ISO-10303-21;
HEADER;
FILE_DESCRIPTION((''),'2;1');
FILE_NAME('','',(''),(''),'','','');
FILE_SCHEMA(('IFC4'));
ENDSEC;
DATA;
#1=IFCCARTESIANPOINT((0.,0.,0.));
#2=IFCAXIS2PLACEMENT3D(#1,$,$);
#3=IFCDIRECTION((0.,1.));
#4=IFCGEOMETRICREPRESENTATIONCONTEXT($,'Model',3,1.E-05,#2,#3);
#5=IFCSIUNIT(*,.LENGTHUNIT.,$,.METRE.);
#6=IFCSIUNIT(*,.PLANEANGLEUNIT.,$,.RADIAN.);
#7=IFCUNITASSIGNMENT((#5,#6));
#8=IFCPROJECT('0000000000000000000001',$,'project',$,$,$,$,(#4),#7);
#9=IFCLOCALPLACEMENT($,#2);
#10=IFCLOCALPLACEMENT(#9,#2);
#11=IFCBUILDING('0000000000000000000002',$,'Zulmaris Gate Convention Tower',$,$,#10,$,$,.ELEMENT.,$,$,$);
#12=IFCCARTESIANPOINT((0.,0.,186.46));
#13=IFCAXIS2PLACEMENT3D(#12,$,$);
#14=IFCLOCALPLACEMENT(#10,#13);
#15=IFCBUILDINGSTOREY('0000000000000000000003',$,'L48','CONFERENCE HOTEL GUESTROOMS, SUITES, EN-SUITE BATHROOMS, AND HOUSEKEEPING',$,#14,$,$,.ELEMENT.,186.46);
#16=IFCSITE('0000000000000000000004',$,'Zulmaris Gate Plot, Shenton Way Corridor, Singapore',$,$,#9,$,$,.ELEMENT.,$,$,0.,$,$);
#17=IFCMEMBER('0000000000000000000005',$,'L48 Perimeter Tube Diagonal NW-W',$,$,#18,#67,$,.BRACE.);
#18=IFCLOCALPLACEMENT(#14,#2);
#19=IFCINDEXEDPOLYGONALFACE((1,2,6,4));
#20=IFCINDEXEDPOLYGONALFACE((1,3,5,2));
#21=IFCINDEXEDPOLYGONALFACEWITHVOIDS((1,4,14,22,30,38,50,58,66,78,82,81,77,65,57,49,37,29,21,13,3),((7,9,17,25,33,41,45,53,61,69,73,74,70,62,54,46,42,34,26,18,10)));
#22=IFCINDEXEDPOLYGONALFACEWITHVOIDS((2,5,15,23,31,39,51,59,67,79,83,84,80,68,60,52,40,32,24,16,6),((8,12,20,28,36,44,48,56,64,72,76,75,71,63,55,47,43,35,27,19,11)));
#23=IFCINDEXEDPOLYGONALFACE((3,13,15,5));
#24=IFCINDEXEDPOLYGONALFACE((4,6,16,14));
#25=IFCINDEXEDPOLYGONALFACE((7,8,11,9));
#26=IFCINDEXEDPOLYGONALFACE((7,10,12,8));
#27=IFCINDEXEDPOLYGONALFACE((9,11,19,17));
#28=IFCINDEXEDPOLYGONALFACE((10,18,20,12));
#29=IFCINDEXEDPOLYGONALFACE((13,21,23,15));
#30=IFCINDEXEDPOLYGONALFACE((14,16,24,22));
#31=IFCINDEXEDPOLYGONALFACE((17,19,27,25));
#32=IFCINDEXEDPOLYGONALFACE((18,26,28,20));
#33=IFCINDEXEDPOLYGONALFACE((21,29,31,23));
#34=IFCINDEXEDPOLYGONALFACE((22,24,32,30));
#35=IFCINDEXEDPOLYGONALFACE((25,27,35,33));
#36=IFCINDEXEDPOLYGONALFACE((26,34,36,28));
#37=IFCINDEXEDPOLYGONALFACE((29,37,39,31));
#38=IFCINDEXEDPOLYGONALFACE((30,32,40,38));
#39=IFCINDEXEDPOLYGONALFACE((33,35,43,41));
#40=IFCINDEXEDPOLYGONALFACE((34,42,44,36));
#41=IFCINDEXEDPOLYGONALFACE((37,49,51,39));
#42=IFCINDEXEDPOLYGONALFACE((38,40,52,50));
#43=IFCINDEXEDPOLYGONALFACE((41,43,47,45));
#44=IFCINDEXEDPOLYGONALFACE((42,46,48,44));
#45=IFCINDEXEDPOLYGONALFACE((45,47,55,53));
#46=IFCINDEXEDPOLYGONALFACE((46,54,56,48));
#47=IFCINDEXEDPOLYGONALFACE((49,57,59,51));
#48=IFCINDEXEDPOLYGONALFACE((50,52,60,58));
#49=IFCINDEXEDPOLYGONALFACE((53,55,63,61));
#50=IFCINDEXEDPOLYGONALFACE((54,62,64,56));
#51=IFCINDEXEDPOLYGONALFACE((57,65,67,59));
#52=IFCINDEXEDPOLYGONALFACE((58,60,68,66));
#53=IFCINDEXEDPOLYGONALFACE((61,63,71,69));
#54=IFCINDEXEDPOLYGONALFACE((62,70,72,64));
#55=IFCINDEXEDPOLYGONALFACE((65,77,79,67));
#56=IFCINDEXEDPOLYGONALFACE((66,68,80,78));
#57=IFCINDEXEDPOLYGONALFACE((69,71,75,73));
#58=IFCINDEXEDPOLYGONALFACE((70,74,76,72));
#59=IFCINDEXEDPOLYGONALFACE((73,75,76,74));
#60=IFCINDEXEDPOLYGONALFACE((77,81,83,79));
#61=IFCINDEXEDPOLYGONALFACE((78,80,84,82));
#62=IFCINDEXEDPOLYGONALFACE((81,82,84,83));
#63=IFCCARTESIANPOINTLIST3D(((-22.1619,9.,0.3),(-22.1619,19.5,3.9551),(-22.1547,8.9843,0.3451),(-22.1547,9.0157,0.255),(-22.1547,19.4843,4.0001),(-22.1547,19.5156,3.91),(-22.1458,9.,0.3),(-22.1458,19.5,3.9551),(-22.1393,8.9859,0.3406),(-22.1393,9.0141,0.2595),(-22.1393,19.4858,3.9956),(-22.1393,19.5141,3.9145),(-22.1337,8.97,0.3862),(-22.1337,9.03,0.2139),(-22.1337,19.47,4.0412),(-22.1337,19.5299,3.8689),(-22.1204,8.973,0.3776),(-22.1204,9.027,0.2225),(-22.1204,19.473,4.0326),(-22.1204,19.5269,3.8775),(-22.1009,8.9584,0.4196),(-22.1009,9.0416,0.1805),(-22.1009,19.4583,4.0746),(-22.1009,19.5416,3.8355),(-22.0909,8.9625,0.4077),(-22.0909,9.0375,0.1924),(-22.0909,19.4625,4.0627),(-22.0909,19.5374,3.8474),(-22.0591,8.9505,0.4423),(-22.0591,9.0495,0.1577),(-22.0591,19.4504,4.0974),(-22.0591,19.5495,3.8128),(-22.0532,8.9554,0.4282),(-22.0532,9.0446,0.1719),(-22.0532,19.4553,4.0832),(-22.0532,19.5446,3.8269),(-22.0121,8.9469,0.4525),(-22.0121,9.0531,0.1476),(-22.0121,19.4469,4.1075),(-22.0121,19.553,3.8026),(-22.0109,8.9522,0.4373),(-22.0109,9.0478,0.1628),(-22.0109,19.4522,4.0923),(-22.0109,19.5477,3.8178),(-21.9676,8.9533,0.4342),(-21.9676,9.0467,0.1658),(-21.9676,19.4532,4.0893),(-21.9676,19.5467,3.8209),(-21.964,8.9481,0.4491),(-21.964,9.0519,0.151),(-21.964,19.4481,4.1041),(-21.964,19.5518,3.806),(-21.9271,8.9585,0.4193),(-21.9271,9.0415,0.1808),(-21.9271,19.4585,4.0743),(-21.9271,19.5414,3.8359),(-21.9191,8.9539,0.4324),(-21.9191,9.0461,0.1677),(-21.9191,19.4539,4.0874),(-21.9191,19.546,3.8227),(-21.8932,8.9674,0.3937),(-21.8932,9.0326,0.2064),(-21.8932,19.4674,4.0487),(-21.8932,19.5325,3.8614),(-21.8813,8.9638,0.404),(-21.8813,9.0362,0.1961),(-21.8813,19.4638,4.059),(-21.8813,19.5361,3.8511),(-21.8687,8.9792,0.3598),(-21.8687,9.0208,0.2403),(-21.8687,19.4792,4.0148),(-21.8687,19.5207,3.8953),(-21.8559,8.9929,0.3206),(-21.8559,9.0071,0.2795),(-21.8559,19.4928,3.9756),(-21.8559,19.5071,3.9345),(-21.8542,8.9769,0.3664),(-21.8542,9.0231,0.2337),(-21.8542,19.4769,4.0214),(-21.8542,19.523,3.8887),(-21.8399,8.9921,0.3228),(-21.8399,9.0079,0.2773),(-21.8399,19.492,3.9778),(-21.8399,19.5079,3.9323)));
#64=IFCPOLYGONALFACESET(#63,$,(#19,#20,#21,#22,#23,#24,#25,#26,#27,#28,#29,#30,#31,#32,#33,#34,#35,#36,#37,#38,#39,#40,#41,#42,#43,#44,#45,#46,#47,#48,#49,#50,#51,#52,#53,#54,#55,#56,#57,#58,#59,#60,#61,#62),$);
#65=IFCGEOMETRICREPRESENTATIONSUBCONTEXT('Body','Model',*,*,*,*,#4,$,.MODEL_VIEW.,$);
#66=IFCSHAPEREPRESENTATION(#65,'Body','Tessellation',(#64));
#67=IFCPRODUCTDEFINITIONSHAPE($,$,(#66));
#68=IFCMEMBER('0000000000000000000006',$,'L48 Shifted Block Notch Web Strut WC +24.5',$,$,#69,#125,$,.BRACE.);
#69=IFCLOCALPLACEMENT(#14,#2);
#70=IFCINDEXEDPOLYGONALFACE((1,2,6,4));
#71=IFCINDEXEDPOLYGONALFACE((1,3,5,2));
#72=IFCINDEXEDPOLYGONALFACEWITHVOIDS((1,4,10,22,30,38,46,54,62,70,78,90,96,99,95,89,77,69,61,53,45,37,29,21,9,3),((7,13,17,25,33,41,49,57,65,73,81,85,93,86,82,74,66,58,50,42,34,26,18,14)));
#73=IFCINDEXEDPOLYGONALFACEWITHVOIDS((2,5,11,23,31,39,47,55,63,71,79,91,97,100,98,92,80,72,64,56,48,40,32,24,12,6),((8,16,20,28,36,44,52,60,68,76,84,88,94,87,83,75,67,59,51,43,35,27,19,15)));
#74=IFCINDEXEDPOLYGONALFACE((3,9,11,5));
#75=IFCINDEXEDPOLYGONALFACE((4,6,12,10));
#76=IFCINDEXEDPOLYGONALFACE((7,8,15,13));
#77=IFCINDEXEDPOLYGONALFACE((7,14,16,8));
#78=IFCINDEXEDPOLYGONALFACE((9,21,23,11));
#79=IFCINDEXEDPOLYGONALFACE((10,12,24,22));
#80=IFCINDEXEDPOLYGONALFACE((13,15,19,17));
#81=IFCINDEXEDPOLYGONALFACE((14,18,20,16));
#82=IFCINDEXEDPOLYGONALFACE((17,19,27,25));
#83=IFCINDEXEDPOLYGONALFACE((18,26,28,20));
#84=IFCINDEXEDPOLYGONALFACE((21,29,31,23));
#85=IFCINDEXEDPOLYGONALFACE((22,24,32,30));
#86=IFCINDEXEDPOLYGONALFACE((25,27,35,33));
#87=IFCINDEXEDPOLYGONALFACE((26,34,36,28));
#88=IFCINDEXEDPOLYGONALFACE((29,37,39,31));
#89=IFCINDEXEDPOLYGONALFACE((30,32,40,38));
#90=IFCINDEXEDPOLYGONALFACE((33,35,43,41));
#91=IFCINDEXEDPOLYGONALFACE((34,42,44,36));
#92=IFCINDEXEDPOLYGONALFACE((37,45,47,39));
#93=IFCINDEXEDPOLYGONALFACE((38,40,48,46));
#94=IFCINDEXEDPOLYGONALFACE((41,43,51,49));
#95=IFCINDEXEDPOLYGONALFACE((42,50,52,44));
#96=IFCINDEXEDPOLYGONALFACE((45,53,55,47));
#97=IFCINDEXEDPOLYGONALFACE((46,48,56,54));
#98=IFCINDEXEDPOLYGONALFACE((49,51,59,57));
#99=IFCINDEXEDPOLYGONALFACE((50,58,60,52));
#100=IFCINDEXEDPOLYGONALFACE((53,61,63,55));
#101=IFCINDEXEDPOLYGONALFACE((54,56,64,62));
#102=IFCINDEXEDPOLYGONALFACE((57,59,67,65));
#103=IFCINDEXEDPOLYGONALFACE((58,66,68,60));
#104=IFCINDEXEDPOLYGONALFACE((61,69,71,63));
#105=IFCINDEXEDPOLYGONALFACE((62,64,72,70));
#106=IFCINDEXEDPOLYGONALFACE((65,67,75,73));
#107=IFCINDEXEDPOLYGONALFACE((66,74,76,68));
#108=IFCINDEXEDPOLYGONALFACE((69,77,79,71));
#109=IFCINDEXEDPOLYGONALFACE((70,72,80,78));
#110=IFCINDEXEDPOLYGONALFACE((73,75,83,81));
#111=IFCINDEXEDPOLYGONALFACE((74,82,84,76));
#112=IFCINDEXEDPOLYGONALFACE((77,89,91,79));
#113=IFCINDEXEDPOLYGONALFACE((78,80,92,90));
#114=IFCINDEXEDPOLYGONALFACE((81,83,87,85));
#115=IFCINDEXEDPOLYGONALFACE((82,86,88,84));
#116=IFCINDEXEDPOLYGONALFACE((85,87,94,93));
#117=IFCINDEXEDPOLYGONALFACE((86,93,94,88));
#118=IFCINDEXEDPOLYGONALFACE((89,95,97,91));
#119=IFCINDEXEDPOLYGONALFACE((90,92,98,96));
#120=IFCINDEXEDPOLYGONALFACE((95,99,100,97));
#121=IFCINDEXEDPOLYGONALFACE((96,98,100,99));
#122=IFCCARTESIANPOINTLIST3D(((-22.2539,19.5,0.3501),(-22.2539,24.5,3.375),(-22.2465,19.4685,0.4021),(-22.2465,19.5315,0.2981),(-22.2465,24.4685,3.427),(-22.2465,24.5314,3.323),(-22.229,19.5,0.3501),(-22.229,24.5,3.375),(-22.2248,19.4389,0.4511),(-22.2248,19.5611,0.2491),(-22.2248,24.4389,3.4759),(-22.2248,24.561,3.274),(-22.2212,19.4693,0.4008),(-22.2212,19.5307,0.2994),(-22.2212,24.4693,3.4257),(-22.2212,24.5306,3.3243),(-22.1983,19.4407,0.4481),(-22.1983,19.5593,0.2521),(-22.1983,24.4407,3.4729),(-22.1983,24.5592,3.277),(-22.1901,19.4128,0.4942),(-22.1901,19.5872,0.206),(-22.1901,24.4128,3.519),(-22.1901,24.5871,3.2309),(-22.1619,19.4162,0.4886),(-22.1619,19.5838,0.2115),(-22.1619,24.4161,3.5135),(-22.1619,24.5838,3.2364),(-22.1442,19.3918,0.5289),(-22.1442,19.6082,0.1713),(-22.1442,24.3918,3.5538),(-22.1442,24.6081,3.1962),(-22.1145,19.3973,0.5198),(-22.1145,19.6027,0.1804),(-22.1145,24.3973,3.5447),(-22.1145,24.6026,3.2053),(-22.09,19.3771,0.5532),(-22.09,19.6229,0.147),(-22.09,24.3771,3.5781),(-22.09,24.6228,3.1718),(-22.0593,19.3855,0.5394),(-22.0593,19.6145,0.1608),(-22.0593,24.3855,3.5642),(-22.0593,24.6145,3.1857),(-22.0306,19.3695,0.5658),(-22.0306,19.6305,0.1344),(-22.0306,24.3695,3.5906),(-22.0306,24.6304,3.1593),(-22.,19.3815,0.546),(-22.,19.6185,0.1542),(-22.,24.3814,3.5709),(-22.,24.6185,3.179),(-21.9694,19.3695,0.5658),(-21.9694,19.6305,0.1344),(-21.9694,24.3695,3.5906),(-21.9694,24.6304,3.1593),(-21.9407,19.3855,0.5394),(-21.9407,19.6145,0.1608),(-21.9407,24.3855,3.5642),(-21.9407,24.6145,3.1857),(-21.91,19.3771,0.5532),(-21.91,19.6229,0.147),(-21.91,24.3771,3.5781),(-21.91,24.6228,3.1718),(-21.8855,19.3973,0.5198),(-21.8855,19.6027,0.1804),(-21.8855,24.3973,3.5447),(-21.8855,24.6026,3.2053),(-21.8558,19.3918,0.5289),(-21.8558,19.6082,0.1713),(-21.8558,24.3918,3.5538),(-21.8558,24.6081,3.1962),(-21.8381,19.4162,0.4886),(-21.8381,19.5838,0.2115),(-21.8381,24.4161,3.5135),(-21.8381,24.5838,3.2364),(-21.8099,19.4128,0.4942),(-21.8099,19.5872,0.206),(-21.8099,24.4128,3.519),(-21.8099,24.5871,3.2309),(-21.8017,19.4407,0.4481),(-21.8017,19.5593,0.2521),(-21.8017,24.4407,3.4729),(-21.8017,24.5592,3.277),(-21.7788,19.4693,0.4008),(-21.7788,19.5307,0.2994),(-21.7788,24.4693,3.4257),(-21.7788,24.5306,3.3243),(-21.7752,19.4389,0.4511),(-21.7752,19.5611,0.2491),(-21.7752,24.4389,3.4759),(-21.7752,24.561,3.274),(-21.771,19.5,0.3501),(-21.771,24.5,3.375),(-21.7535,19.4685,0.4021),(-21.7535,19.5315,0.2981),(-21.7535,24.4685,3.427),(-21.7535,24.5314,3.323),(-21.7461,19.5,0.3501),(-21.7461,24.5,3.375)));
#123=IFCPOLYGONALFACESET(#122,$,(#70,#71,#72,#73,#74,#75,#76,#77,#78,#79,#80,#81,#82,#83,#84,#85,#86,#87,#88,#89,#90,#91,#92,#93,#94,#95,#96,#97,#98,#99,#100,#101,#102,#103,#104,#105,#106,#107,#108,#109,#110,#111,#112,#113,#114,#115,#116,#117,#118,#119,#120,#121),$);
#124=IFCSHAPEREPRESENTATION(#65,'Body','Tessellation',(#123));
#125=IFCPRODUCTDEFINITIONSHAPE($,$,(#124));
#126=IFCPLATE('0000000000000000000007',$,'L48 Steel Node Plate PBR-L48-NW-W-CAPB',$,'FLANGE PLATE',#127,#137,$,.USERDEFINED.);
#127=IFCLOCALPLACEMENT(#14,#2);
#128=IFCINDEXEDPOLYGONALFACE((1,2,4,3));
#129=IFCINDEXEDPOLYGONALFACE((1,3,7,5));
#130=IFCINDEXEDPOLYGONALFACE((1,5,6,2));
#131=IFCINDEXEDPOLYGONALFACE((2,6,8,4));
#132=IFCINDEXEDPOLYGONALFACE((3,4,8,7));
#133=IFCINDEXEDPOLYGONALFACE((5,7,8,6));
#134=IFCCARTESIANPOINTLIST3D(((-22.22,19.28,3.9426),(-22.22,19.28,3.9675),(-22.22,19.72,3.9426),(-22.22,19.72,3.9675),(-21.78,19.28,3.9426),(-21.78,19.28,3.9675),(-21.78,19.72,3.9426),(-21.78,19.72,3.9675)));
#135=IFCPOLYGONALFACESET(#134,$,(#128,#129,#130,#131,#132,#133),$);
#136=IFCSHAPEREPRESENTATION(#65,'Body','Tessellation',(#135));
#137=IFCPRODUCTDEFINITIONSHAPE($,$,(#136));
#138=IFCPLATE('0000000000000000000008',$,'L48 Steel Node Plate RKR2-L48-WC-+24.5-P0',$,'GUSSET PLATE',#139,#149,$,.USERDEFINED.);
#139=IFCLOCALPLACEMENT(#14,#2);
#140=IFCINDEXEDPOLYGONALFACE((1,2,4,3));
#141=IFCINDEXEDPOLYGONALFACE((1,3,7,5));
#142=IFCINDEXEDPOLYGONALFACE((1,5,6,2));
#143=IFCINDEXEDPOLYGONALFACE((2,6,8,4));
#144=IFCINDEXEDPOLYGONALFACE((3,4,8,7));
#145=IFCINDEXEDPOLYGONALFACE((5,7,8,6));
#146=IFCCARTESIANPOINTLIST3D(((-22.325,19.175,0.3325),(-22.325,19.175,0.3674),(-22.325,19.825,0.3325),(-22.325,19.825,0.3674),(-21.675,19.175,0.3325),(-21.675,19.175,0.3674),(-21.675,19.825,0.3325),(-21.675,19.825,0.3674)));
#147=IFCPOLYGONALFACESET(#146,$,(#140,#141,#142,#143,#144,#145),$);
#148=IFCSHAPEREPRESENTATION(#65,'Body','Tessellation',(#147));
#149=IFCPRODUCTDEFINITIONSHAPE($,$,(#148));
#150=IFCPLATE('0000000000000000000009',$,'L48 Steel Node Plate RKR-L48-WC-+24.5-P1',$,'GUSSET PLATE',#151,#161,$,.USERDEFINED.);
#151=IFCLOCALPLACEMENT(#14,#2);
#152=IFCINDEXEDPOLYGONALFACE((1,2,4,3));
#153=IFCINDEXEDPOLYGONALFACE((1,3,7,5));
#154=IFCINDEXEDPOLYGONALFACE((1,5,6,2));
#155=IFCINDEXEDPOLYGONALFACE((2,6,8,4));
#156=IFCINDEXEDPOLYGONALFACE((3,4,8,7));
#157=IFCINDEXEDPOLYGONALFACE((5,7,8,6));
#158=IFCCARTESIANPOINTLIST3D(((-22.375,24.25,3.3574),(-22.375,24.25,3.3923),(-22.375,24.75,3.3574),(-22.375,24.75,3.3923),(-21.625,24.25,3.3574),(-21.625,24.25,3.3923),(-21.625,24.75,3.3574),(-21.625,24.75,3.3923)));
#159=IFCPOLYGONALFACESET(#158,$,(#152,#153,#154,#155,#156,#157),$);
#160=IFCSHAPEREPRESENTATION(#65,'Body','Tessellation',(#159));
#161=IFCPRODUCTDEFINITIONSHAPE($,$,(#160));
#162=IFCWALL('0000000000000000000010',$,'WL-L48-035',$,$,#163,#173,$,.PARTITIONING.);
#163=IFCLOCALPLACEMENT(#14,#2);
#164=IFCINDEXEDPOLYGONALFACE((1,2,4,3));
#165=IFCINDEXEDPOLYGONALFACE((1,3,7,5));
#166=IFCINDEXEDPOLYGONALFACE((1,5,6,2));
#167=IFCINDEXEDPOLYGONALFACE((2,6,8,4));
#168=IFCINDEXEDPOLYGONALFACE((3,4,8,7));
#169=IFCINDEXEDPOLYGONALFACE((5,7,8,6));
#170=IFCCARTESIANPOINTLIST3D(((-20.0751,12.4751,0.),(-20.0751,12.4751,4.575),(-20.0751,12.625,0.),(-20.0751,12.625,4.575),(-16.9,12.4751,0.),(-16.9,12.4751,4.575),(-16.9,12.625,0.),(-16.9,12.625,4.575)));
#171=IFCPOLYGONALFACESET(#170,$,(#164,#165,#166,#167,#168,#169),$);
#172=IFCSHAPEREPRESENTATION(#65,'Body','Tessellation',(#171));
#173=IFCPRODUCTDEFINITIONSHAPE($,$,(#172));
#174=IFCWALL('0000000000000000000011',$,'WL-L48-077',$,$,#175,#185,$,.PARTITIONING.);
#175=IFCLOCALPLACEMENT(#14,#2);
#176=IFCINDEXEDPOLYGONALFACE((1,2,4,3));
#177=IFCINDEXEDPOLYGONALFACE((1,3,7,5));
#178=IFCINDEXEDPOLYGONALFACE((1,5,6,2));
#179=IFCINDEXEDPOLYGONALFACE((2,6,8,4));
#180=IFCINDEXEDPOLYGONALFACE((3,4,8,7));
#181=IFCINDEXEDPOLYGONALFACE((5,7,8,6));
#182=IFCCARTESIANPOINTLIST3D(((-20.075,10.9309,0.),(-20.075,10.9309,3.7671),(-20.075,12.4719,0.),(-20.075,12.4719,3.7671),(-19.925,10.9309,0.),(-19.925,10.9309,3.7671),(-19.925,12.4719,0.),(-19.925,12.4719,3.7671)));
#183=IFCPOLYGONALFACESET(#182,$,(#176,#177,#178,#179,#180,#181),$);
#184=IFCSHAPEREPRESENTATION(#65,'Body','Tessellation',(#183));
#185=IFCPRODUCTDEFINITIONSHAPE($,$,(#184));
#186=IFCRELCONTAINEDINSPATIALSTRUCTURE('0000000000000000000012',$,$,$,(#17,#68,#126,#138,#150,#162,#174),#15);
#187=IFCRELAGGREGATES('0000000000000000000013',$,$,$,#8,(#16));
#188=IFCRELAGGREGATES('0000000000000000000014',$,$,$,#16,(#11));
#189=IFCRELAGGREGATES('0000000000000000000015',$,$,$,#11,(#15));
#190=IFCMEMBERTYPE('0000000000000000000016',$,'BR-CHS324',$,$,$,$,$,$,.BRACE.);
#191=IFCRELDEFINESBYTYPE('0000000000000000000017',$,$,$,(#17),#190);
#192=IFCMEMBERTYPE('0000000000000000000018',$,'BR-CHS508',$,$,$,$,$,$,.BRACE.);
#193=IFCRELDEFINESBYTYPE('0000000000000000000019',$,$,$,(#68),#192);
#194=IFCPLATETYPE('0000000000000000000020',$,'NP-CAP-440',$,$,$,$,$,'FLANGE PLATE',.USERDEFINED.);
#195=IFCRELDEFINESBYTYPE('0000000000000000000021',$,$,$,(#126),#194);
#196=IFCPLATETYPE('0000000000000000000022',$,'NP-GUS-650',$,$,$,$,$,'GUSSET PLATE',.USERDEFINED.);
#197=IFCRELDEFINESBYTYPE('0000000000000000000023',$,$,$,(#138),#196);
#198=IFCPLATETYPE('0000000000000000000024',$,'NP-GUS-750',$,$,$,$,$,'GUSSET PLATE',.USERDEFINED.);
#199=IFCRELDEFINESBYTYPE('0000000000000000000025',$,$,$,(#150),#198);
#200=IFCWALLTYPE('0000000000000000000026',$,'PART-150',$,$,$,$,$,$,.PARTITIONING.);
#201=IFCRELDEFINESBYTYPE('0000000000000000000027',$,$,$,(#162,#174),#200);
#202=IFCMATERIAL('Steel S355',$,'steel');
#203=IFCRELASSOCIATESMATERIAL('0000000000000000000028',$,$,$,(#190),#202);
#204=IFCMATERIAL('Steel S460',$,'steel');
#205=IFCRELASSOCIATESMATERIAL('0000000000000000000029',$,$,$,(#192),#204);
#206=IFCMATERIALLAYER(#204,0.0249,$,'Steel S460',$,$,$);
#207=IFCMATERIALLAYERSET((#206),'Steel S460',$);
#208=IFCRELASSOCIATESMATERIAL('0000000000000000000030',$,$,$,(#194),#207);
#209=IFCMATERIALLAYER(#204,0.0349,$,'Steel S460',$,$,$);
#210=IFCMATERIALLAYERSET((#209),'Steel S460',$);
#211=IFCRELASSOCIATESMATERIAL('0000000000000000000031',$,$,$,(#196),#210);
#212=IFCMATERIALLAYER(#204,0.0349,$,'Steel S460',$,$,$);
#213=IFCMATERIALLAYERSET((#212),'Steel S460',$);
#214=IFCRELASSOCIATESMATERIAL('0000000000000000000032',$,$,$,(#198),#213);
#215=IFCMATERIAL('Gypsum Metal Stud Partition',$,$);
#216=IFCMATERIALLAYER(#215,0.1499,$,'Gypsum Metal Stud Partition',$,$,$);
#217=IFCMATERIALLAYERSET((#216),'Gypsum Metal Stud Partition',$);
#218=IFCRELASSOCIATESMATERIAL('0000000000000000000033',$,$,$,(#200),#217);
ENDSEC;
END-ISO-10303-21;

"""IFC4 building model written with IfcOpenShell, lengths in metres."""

from ifc_helpers import new_model, si_unit, direction, frame, frame_2d, origin, origin_2d, place, context, subcontext, project, spatial, rectangle, hollow_circle, extrude, material, layer, layer_set, material_profile, profile_set, type_object, element, save


model = new_model("IFC4")

# Units and contexts
model_context = context("Model", 3, precision=1e-05, world=origin(), true_north=direction((0.0, 1.0)))
body_context = subcontext(model_context, "Body", "Model", "MODEL_VIEW")
ifc_project = project(units=[si_unit("LENGTHUNIT", "METRE"), si_unit("PLANEANGLEUNIT", "RADIAN")], contexts=[model_context])

# Site, building, storey
site_placement = place(None, origin())
site = spatial("IfcSite", under=ifc_project, at=site_placement, Name="Zulmaris Gate Plot, Shenton Way Corridor, Singapore", CompositionType="ELEMENT", RefElevation=0.0)
building_placement = place(site_placement, origin())
building = spatial("IfcBuilding", under=site, at=building_placement, Name="Zulmaris Gate Convention Tower", CompositionType="ELEMENT")
storey_placement = place(building_placement, frame((0.0, 0.0, 186.46)))
storey = spatial("IfcBuildingStorey", under=building, at=storey_placement, Name="L48", Description="CONFERENCE HOTEL GUESTROOMS, SUITES, EN-SUITE BATHROOMS, AND HOUSEKEEPING", CompositionType="ELEMENT", Elevation=186.46)

# Members
ifc_material_1 = material(Name="Steel S355", Category="steel")
ifc_material_profile_1 = material_profile(ifc_material_1, hollow_circle(Radius=0.1619, WallThickness=0.0161, at=origin_2d()), Name="CHS 323.9x16")
ifc_profile_set_1 = profile_set([ifc_material_profile_1], Name="Steel S355")
member_type_1 = type_object("IfcMemberType", Name="BR-CHS324", PredefinedType="BRACE", material=ifc_profile_set_1)
member_1_placement = place(storey_placement, frame((-22.0, 9.0, 0.3), z_axis=(0.0, 0.944417, 0.32875), x_axis=(-1.0, 0.0, 0.0)))
element("IfcMember", 1, at=member_1_placement, inside=storey, type_object=member_type_1, Name="L48 Perimeter Tube Diagonal NW-W", PredefinedType="BRACE", context=body_context, shape_type="SweptSolid", body=[
    extrude(hollow_circle(Radius=0.1619, WallThickness=0.0161, at=origin_2d()), origin(), (0.0, 0.0, 1.0), 11.1179),
])
ifc_material_2 = material(Name="Steel S460", Category="steel")
ifc_material_profile_2 = material_profile(ifc_material_2, hollow_circle(Radius=0.2539, WallThickness=0.0249, at=origin_2d()), Name="CHS 508x25")
ifc_profile_set_2 = profile_set([ifc_material_profile_2], Name="Steel S460")
member_type_2 = type_object("IfcMemberType", Name="BR-CHS508", PredefinedType="BRACE", material=ifc_profile_set_2)
member_2_placement = place(storey_placement, frame((-22.0, 19.5, 0.3501), z_axis=(0.0, 0.855607, 0.517626), x_axis=(-1.0, 0.0, 0.0)))
element("IfcMember", 2, at=member_2_placement, inside=storey, type_object=member_type_2, Name="L48 Shifted Block Notch Web Strut WC +24.5", PredefinedType="BRACE", context=body_context, shape_type="SweptSolid", body=[
    extrude(hollow_circle(Radius=0.2539, WallThickness=0.0249, at=origin_2d()), origin(), (0.0, 0.0, 1.0), 5.8438),
])

# Plates
ifc_layer_1 = layer(ifc_material_2, 0.0249, Name="Steel S460")
ifc_layer_set_1 = layer_set([ifc_layer_1], Name="Steel S460")
plate_type_1 = type_object("IfcPlateType", Name="NP-CAP-440", ElementType="FLANGE PLATE", PredefinedType="USERDEFINED", material=ifc_layer_set_1)
plate_1_placement = place(storey_placement, frame((-22.0, 19.5, 3.9426), z_axis=(0.0, 0.0, 1.0), x_axis=(1.0, 0.0, 0.0)))
element("IfcPlate", 3, at=plate_1_placement, inside=storey, type_object=plate_type_1, Name="L48 Steel Node Plate PBR-L48-NW-W-CAPB", ObjectType="FLANGE PLATE", PredefinedType="USERDEFINED", context=body_context, shape_type="SweptSolid", body=[
    extrude(rectangle(XDim=0.4399, YDim=0.4399, at=origin_2d()), origin(), (0.0, 0.0, 1.0), 0.0249),
])
ifc_layer_2 = layer(ifc_material_2, 0.0349, Name="Steel S460")
ifc_layer_set_2 = layer_set([ifc_layer_2], Name="Steel S460")
plate_type_2 = type_object("IfcPlateType", Name="NP-GUS-650", ElementType="GUSSET PLATE", PredefinedType="USERDEFINED", material=ifc_layer_set_2)
plate_2_placement = place(storey_placement, frame((-22.0, 19.5, 0.3325), z_axis=(0.0, 0.0, 1.0), x_axis=(1.0, 0.0, 0.0)))
element("IfcPlate", 4, at=plate_2_placement, inside=storey, type_object=plate_type_2, Name="L48 Steel Node Plate RKR2-L48-WC-+24.5-P0", ObjectType="GUSSET PLATE", PredefinedType="USERDEFINED", context=body_context, shape_type="SweptSolid", body=[
    extrude(rectangle(XDim=0.6499, YDim=0.6499, at=origin_2d()), origin(), (0.0, 0.0, 1.0), 0.0349),
])
ifc_layer_3 = layer(ifc_material_2, 0.0349, Name="Steel S460")
ifc_layer_set_3 = layer_set([ifc_layer_3], Name="Steel S460")
plate_type_3 = type_object("IfcPlateType", Name="NP-GUS-750", ElementType="GUSSET PLATE", PredefinedType="USERDEFINED", material=ifc_layer_set_3)
plate_3_placement = place(storey_placement, frame((-22.0, 24.5, 3.3574), z_axis=(0.0, 0.0, 1.0), x_axis=(1.0, 0.0, 0.0)))
element("IfcPlate", 5, at=plate_3_placement, inside=storey, type_object=plate_type_3, Name="L48 Steel Node Plate RKR-L48-WC-+24.5-P1", ObjectType="GUSSET PLATE", PredefinedType="USERDEFINED", context=body_context, shape_type="SweptSolid", body=[
    extrude(rectangle(XDim=0.75, YDim=0.5, at=origin_2d()), origin(), (0.0, 0.0, 1.0), 0.0349),
])

# Walls
ifc_material_3 = material(Name="Gypsum Metal Stud Partition")
ifc_layer_4 = layer(ifc_material_3, 0.1499, Name="Gypsum Metal Stud Partition")
ifc_layer_set_4 = layer_set([ifc_layer_4], Name="Gypsum Metal Stud Partition")
wall_type_1 = type_object("IfcWallType", Name="PART-150", PredefinedType="PARTITIONING", material=ifc_layer_set_4)
wall_1_placement = place(storey_placement, frame((-20.075, 12.55, 0.0), z_axis=(0.0, 0.0, 1.0), x_axis=(1.0, 0.0, 0.0)))
element("IfcWall", 6, at=wall_1_placement, inside=storey, type_object=wall_type_1, Name="WL-L48-035", PredefinedType="PARTITIONING", context=body_context, shape_type="SweptSolid", body=[
    extrude(rectangle(XDim=3.175, YDim=0.1499, at=frame_2d((1.5874, 0.0))), origin(), (0.0, 0.0, 1.0), 4.575),
])
wall_2_placement = place(storey_placement, frame((-20.0, 10.9309, 0.0), z_axis=(0.0, 0.0, 1.0), x_axis=(0.0, 1.0, 0.0)))
element("IfcWall", 7, at=wall_2_placement, inside=storey, type_object=wall_type_1, Name="WL-L48-077", PredefinedType="PARTITIONING", context=body_context, shape_type="SweptSolid", body=[
    extrude(rectangle(XDim=1.541, YDim=0.1499, at=frame_2d((0.7705, 0.0))), origin(), (0.0, 0.0, 1.0), 3.7671),
])

save(model, "model.ifc")
